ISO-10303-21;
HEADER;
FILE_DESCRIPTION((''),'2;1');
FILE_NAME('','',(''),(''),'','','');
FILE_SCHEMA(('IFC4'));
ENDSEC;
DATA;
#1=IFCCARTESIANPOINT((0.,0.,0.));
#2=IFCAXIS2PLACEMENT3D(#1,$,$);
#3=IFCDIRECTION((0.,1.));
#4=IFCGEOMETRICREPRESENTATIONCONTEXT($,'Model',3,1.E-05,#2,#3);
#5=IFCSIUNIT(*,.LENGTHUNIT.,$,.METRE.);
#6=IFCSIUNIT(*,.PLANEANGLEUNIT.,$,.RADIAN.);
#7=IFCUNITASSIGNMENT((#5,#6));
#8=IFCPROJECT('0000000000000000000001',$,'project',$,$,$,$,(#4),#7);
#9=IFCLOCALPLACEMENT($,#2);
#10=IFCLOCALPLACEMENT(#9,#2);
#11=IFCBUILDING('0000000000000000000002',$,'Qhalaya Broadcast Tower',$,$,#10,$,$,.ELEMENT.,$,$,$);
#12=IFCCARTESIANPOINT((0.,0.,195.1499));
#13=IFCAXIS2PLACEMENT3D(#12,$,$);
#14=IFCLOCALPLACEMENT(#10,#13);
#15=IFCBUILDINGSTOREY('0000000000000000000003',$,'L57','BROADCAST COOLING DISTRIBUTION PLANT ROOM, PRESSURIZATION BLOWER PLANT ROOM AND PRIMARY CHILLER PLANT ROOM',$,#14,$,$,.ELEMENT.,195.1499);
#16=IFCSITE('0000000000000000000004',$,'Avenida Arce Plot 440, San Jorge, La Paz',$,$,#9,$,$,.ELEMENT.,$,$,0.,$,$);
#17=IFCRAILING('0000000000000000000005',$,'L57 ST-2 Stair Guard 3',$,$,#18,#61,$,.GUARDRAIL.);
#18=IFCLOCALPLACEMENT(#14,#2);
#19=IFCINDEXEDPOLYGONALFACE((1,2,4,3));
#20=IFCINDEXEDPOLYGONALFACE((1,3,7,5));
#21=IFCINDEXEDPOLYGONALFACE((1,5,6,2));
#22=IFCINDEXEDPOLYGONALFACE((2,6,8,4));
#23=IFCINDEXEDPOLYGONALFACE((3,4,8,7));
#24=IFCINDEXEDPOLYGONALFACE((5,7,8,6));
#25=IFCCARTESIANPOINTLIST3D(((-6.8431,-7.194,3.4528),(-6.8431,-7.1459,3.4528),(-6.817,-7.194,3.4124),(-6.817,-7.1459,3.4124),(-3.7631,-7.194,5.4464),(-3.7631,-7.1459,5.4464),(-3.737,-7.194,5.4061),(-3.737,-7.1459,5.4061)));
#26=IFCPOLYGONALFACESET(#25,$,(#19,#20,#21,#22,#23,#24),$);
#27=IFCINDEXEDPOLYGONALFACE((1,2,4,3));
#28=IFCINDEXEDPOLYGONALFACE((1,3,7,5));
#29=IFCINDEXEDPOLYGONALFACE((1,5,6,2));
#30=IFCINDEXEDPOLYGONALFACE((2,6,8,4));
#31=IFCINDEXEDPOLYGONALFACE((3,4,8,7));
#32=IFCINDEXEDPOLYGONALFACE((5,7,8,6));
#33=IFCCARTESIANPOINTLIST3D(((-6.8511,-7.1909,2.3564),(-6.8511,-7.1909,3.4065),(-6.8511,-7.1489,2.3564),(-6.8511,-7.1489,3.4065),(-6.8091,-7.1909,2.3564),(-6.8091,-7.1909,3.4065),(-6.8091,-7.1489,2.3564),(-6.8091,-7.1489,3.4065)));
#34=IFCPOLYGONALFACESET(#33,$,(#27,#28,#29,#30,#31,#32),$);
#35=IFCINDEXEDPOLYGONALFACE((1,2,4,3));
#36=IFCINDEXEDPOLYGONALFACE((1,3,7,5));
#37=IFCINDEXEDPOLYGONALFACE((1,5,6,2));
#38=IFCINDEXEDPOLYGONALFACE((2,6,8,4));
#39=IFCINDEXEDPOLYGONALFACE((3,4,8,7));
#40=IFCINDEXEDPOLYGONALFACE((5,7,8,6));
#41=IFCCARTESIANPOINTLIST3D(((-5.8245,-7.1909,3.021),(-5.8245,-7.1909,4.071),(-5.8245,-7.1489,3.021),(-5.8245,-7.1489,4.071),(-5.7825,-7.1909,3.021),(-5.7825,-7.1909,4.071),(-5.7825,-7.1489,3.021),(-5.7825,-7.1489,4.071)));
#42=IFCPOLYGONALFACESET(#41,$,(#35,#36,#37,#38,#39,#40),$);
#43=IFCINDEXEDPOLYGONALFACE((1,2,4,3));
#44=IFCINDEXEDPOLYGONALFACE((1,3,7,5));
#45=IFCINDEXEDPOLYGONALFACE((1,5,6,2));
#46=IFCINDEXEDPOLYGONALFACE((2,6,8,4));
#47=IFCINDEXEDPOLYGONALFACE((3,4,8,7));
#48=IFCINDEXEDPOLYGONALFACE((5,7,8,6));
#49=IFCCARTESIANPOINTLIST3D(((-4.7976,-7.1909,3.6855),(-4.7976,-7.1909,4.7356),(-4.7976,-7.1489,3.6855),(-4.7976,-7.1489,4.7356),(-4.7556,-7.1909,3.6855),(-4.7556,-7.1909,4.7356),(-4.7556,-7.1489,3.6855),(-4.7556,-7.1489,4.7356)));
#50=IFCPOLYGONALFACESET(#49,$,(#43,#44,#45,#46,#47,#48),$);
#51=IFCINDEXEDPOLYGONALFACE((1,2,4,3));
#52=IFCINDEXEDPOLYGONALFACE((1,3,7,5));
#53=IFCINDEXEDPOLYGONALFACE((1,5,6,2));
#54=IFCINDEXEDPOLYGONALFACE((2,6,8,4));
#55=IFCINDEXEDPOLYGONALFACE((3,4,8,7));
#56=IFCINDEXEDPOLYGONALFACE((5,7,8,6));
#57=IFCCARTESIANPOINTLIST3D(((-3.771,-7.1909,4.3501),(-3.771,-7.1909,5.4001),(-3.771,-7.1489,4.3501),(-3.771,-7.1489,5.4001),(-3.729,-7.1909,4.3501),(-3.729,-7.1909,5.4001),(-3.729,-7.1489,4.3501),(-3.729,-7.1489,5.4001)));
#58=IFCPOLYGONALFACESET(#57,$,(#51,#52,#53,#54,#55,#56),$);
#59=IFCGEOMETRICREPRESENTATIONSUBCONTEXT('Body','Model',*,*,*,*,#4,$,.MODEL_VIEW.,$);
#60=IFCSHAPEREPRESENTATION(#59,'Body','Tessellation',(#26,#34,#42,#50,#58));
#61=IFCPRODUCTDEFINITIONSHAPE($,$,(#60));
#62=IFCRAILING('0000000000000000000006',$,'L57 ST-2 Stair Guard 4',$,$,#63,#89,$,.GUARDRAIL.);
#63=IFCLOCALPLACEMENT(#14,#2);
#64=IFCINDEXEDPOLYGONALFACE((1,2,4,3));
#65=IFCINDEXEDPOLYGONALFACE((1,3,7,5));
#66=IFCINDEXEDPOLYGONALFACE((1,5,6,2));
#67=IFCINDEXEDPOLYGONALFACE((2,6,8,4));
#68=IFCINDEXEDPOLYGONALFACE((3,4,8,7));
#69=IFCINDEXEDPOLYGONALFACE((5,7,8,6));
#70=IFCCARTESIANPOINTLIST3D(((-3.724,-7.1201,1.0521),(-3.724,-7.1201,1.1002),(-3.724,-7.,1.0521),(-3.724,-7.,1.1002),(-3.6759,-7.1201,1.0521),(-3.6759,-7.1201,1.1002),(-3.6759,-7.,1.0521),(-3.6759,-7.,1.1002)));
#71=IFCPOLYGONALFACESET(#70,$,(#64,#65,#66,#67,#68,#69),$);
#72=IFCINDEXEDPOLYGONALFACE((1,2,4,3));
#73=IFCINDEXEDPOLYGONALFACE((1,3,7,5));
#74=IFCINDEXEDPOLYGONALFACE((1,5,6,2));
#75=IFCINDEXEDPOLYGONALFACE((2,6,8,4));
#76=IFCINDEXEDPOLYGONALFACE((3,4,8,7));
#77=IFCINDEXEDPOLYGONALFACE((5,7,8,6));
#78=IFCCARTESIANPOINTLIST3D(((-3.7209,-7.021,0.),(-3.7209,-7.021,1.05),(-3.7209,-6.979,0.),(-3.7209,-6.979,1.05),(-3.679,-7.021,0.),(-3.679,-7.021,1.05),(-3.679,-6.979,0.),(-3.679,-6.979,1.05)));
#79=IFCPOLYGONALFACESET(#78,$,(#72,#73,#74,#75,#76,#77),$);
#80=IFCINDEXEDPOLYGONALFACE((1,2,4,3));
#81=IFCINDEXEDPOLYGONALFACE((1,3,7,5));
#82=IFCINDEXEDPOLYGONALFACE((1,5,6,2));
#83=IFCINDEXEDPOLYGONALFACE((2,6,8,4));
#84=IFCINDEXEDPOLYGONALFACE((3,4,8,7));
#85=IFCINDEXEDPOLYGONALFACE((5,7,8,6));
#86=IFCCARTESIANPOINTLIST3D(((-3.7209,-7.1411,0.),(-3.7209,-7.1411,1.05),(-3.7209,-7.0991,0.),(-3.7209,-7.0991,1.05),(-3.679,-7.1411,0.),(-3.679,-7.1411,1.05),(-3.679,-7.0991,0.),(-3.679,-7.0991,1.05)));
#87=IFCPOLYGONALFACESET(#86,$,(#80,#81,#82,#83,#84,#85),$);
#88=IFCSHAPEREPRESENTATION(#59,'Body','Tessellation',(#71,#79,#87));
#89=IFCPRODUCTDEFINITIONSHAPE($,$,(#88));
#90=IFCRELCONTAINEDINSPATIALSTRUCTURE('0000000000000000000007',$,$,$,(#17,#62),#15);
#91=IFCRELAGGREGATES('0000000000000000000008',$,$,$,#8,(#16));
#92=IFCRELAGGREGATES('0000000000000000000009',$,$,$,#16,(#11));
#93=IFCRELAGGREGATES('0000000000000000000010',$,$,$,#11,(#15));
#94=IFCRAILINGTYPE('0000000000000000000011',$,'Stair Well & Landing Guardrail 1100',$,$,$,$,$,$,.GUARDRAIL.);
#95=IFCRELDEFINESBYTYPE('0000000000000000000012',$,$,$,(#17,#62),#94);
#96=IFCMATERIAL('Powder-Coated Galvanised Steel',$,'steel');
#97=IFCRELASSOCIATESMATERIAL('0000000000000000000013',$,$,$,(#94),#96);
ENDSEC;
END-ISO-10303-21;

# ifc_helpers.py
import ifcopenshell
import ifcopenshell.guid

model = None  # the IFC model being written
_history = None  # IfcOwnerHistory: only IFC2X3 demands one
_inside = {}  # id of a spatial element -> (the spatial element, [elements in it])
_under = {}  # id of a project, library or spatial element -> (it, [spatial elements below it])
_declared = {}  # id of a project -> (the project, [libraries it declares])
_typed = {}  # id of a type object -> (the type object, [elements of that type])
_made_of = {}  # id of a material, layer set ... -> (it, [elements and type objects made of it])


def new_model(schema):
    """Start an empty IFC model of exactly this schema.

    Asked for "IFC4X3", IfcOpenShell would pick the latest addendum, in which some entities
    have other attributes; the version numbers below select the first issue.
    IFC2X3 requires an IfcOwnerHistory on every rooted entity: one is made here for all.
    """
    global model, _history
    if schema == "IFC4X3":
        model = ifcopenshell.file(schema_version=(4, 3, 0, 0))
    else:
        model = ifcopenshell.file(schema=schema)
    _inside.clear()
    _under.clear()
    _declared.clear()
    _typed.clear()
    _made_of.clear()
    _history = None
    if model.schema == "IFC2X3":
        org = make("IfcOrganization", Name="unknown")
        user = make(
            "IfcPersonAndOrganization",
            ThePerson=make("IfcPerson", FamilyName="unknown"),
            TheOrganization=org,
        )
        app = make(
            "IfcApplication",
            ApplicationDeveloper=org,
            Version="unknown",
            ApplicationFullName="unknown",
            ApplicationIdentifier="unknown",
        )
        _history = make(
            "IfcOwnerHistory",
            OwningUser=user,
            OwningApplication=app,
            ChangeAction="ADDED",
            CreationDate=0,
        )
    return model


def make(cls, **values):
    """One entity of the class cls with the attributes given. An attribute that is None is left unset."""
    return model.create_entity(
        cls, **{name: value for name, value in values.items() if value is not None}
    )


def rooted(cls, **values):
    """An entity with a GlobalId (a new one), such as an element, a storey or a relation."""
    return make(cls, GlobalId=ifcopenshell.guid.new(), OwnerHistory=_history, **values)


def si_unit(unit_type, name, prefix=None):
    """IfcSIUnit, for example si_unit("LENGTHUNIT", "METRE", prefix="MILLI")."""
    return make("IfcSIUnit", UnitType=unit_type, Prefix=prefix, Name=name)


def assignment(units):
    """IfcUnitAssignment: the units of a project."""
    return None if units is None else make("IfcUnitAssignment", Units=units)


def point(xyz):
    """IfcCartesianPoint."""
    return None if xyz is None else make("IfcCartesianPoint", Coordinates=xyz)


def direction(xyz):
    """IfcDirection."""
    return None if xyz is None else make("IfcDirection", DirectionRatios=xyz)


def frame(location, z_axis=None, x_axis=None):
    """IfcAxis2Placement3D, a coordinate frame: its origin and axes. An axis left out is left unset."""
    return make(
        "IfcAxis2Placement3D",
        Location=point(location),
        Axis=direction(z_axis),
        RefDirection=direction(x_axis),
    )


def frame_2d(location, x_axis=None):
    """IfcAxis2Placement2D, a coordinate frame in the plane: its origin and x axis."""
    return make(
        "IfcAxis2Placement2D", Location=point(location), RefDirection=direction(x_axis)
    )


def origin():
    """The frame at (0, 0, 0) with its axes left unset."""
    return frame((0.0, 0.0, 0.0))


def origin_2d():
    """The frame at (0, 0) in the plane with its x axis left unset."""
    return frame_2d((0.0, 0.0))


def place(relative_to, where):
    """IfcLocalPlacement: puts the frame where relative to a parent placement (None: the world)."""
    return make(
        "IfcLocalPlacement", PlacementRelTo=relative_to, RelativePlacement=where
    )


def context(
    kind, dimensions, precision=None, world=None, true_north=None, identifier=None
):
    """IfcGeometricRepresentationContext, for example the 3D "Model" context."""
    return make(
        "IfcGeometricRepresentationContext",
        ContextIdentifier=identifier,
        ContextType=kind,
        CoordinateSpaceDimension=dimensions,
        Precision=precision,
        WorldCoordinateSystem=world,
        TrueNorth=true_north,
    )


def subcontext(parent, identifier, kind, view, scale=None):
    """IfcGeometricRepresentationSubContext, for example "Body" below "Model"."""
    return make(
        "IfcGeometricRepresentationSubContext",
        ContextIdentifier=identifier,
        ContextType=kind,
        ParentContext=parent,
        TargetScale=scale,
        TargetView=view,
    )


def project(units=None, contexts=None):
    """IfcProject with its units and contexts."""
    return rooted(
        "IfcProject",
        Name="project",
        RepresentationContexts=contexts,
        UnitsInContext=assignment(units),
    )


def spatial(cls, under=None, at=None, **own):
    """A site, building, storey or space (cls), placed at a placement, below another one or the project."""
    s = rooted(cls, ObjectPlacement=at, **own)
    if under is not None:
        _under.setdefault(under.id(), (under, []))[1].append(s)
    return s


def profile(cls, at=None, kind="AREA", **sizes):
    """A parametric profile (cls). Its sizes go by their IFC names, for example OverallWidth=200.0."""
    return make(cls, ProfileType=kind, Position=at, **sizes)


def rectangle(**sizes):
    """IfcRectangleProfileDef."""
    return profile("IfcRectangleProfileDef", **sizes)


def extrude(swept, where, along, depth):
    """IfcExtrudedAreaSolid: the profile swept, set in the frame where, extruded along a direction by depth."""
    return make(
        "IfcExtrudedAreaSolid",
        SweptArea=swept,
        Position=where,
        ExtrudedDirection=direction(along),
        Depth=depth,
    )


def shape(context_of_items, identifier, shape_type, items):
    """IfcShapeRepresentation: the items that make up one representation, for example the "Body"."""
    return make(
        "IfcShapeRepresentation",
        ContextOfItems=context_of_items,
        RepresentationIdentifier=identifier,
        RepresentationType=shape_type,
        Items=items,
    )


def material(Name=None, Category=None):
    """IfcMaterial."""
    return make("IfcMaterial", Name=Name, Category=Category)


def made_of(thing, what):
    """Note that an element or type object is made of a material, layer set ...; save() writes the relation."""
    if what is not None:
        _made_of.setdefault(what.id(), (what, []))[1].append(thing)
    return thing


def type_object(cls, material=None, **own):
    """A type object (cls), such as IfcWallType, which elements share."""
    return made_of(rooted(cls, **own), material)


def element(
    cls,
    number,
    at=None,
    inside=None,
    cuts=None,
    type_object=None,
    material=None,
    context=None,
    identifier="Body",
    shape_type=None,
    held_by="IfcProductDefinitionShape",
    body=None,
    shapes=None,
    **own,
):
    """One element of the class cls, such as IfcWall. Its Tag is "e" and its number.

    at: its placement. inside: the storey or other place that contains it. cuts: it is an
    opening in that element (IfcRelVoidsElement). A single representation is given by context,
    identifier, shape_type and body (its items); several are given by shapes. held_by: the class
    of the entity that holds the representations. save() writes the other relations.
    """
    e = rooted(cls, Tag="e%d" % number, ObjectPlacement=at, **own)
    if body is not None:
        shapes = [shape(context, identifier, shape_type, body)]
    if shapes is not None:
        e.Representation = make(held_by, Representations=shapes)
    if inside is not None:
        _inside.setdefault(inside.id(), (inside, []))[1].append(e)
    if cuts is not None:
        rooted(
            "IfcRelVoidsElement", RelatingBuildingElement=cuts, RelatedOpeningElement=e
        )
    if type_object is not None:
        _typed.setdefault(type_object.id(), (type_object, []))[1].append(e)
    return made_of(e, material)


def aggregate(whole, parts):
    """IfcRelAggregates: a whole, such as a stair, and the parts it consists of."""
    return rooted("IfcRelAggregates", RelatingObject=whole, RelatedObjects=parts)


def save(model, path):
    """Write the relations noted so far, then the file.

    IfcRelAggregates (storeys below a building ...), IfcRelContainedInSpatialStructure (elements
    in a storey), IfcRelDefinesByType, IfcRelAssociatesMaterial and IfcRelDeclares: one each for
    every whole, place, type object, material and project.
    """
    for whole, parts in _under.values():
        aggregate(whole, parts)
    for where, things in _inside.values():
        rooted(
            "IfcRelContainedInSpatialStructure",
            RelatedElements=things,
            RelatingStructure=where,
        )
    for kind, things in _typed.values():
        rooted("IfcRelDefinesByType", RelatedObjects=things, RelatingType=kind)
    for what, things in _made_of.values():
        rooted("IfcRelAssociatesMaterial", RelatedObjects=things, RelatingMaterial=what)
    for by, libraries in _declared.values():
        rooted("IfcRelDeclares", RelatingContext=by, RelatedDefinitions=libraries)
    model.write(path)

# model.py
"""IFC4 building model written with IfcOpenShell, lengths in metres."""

from ifc_helpers import new_model, si_unit, direction, frame, origin, origin_2d, place, context, subcontext, project, spatial, rectangle, extrude, material, type_object, element, save


model = new_model("IFC4")

# Units and contexts
model_context = context("Model", 3, precision=1e-05, world=origin(), true_north=direction((0.0, 1.0)))
body_context = subcontext(model_context, "Body", "Model", "MODEL_VIEW")
ifc_project = project(units=[si_unit("LENGTHUNIT", "METRE"), si_unit("PLANEANGLEUNIT", "RADIAN")], contexts=[model_context])

# Site, building, storey
site_placement = place(None, origin())
site = spatial("IfcSite", under=ifc_project, at=site_placement, Name="Avenida Arce Plot 440, San Jorge, La Paz", CompositionType="ELEMENT", RefElevation=0.0)
building_placement = place(site_placement, origin())
building = spatial("IfcBuilding", under=site, at=building_placement, Name="Qhalaya Broadcast Tower", CompositionType="ELEMENT")
storey_placement = place(building_placement, frame((0.0, 0.0, 195.1499)))
storey = spatial("IfcBuildingStorey", under=building, at=storey_placement, Name="L57", Description="BROADCAST COOLING DISTRIBUTION PLANT ROOM, PRESSURIZATION BLOWER PLANT ROOM AND PRIMARY CHILLER PLANT ROOM", CompositionType="ELEMENT", Elevation=195.1499)

# Railings
ifc_material_1 = material(Name="Powder-Coated Galvanised Steel", Category="steel")
railing_type_1 = type_object("IfcRailingType", Name="Stair Well & Landing Guardrail 1100", PredefinedType="GUARDRAIL", material=ifc_material_1)
railing_1_placement = place(storey_placement, frame((-6.8301, -7.1699, 2.3564)))
element("IfcRailing", 1, at=railing_1_placement, inside=storey, type_object=railing_type_1, Name="L57 ST-2 Stair Guard 3", PredefinedType="GUARDRAIL", context=body_context, shape_type="SweptSolid", body=[
    extrude(rectangle(XDim=0.0481, YDim=0.0481, at=origin_2d()), frame((0.0, 0.0, 1.0762), z_axis=(0.839488, 0.0, 0.543378), x_axis=(0.0, 1.0, 0.0)), (0.0, 0.0, 1.0), 3.6689),
    extrude(rectangle(XDim=0.042, YDim=0.042, at=origin_2d()), origin(), (0.0, 0.0, 1.0), 1.05),
    extrude(rectangle(XDim=0.042, YDim=0.042, at=origin_2d()), frame((1.0266, 0.0, 0.6646)), (0.0, 0.0, 1.0), 1.05),
    extrude(rectangle(XDim=0.042, YDim=0.042, at=origin_2d()), frame((2.0535, 0.0, 1.3291)), (0.0, 0.0, 1.0), 1.05),
    extrude(rectangle(XDim=0.042, YDim=0.042, at=origin_2d()), frame((3.0801, 0.0, 1.9937)), (0.0, 0.0, 1.0), 1.05),
])
railing_2_placement = place(storey_placement, frame((-3.7, -7.0, 0.0)))
element("IfcRailing", 2, at=railing_2_placement, inside=storey, type_object=railing_type_1, Name="L57 ST-2 Stair Guard 4", PredefinedType="GUARDRAIL", context=body_context, shape_type="SweptSolid", body=[
    extrude(rectangle(XDim=0.0481, YDim=0.0481, at=origin_2d()), frame((0.0, 0.0, 1.0762), z_axis=(0.0, -1.0, 0.0), x_axis=(1.0, 0.0, 0.0)), (0.0, 0.0, 1.0), 0.1201),
    extrude(rectangle(XDim=0.042, YDim=0.042, at=origin_2d()), origin(), (0.0, 0.0, 1.0), 1.05),
    extrude(rectangle(XDim=0.042, YDim=0.042, at=origin_2d()), frame((0.0, -0.1201, 0.0)), (0.0, 0.0, 1.0), 1.05),
])

save(model, "model.ifc")
